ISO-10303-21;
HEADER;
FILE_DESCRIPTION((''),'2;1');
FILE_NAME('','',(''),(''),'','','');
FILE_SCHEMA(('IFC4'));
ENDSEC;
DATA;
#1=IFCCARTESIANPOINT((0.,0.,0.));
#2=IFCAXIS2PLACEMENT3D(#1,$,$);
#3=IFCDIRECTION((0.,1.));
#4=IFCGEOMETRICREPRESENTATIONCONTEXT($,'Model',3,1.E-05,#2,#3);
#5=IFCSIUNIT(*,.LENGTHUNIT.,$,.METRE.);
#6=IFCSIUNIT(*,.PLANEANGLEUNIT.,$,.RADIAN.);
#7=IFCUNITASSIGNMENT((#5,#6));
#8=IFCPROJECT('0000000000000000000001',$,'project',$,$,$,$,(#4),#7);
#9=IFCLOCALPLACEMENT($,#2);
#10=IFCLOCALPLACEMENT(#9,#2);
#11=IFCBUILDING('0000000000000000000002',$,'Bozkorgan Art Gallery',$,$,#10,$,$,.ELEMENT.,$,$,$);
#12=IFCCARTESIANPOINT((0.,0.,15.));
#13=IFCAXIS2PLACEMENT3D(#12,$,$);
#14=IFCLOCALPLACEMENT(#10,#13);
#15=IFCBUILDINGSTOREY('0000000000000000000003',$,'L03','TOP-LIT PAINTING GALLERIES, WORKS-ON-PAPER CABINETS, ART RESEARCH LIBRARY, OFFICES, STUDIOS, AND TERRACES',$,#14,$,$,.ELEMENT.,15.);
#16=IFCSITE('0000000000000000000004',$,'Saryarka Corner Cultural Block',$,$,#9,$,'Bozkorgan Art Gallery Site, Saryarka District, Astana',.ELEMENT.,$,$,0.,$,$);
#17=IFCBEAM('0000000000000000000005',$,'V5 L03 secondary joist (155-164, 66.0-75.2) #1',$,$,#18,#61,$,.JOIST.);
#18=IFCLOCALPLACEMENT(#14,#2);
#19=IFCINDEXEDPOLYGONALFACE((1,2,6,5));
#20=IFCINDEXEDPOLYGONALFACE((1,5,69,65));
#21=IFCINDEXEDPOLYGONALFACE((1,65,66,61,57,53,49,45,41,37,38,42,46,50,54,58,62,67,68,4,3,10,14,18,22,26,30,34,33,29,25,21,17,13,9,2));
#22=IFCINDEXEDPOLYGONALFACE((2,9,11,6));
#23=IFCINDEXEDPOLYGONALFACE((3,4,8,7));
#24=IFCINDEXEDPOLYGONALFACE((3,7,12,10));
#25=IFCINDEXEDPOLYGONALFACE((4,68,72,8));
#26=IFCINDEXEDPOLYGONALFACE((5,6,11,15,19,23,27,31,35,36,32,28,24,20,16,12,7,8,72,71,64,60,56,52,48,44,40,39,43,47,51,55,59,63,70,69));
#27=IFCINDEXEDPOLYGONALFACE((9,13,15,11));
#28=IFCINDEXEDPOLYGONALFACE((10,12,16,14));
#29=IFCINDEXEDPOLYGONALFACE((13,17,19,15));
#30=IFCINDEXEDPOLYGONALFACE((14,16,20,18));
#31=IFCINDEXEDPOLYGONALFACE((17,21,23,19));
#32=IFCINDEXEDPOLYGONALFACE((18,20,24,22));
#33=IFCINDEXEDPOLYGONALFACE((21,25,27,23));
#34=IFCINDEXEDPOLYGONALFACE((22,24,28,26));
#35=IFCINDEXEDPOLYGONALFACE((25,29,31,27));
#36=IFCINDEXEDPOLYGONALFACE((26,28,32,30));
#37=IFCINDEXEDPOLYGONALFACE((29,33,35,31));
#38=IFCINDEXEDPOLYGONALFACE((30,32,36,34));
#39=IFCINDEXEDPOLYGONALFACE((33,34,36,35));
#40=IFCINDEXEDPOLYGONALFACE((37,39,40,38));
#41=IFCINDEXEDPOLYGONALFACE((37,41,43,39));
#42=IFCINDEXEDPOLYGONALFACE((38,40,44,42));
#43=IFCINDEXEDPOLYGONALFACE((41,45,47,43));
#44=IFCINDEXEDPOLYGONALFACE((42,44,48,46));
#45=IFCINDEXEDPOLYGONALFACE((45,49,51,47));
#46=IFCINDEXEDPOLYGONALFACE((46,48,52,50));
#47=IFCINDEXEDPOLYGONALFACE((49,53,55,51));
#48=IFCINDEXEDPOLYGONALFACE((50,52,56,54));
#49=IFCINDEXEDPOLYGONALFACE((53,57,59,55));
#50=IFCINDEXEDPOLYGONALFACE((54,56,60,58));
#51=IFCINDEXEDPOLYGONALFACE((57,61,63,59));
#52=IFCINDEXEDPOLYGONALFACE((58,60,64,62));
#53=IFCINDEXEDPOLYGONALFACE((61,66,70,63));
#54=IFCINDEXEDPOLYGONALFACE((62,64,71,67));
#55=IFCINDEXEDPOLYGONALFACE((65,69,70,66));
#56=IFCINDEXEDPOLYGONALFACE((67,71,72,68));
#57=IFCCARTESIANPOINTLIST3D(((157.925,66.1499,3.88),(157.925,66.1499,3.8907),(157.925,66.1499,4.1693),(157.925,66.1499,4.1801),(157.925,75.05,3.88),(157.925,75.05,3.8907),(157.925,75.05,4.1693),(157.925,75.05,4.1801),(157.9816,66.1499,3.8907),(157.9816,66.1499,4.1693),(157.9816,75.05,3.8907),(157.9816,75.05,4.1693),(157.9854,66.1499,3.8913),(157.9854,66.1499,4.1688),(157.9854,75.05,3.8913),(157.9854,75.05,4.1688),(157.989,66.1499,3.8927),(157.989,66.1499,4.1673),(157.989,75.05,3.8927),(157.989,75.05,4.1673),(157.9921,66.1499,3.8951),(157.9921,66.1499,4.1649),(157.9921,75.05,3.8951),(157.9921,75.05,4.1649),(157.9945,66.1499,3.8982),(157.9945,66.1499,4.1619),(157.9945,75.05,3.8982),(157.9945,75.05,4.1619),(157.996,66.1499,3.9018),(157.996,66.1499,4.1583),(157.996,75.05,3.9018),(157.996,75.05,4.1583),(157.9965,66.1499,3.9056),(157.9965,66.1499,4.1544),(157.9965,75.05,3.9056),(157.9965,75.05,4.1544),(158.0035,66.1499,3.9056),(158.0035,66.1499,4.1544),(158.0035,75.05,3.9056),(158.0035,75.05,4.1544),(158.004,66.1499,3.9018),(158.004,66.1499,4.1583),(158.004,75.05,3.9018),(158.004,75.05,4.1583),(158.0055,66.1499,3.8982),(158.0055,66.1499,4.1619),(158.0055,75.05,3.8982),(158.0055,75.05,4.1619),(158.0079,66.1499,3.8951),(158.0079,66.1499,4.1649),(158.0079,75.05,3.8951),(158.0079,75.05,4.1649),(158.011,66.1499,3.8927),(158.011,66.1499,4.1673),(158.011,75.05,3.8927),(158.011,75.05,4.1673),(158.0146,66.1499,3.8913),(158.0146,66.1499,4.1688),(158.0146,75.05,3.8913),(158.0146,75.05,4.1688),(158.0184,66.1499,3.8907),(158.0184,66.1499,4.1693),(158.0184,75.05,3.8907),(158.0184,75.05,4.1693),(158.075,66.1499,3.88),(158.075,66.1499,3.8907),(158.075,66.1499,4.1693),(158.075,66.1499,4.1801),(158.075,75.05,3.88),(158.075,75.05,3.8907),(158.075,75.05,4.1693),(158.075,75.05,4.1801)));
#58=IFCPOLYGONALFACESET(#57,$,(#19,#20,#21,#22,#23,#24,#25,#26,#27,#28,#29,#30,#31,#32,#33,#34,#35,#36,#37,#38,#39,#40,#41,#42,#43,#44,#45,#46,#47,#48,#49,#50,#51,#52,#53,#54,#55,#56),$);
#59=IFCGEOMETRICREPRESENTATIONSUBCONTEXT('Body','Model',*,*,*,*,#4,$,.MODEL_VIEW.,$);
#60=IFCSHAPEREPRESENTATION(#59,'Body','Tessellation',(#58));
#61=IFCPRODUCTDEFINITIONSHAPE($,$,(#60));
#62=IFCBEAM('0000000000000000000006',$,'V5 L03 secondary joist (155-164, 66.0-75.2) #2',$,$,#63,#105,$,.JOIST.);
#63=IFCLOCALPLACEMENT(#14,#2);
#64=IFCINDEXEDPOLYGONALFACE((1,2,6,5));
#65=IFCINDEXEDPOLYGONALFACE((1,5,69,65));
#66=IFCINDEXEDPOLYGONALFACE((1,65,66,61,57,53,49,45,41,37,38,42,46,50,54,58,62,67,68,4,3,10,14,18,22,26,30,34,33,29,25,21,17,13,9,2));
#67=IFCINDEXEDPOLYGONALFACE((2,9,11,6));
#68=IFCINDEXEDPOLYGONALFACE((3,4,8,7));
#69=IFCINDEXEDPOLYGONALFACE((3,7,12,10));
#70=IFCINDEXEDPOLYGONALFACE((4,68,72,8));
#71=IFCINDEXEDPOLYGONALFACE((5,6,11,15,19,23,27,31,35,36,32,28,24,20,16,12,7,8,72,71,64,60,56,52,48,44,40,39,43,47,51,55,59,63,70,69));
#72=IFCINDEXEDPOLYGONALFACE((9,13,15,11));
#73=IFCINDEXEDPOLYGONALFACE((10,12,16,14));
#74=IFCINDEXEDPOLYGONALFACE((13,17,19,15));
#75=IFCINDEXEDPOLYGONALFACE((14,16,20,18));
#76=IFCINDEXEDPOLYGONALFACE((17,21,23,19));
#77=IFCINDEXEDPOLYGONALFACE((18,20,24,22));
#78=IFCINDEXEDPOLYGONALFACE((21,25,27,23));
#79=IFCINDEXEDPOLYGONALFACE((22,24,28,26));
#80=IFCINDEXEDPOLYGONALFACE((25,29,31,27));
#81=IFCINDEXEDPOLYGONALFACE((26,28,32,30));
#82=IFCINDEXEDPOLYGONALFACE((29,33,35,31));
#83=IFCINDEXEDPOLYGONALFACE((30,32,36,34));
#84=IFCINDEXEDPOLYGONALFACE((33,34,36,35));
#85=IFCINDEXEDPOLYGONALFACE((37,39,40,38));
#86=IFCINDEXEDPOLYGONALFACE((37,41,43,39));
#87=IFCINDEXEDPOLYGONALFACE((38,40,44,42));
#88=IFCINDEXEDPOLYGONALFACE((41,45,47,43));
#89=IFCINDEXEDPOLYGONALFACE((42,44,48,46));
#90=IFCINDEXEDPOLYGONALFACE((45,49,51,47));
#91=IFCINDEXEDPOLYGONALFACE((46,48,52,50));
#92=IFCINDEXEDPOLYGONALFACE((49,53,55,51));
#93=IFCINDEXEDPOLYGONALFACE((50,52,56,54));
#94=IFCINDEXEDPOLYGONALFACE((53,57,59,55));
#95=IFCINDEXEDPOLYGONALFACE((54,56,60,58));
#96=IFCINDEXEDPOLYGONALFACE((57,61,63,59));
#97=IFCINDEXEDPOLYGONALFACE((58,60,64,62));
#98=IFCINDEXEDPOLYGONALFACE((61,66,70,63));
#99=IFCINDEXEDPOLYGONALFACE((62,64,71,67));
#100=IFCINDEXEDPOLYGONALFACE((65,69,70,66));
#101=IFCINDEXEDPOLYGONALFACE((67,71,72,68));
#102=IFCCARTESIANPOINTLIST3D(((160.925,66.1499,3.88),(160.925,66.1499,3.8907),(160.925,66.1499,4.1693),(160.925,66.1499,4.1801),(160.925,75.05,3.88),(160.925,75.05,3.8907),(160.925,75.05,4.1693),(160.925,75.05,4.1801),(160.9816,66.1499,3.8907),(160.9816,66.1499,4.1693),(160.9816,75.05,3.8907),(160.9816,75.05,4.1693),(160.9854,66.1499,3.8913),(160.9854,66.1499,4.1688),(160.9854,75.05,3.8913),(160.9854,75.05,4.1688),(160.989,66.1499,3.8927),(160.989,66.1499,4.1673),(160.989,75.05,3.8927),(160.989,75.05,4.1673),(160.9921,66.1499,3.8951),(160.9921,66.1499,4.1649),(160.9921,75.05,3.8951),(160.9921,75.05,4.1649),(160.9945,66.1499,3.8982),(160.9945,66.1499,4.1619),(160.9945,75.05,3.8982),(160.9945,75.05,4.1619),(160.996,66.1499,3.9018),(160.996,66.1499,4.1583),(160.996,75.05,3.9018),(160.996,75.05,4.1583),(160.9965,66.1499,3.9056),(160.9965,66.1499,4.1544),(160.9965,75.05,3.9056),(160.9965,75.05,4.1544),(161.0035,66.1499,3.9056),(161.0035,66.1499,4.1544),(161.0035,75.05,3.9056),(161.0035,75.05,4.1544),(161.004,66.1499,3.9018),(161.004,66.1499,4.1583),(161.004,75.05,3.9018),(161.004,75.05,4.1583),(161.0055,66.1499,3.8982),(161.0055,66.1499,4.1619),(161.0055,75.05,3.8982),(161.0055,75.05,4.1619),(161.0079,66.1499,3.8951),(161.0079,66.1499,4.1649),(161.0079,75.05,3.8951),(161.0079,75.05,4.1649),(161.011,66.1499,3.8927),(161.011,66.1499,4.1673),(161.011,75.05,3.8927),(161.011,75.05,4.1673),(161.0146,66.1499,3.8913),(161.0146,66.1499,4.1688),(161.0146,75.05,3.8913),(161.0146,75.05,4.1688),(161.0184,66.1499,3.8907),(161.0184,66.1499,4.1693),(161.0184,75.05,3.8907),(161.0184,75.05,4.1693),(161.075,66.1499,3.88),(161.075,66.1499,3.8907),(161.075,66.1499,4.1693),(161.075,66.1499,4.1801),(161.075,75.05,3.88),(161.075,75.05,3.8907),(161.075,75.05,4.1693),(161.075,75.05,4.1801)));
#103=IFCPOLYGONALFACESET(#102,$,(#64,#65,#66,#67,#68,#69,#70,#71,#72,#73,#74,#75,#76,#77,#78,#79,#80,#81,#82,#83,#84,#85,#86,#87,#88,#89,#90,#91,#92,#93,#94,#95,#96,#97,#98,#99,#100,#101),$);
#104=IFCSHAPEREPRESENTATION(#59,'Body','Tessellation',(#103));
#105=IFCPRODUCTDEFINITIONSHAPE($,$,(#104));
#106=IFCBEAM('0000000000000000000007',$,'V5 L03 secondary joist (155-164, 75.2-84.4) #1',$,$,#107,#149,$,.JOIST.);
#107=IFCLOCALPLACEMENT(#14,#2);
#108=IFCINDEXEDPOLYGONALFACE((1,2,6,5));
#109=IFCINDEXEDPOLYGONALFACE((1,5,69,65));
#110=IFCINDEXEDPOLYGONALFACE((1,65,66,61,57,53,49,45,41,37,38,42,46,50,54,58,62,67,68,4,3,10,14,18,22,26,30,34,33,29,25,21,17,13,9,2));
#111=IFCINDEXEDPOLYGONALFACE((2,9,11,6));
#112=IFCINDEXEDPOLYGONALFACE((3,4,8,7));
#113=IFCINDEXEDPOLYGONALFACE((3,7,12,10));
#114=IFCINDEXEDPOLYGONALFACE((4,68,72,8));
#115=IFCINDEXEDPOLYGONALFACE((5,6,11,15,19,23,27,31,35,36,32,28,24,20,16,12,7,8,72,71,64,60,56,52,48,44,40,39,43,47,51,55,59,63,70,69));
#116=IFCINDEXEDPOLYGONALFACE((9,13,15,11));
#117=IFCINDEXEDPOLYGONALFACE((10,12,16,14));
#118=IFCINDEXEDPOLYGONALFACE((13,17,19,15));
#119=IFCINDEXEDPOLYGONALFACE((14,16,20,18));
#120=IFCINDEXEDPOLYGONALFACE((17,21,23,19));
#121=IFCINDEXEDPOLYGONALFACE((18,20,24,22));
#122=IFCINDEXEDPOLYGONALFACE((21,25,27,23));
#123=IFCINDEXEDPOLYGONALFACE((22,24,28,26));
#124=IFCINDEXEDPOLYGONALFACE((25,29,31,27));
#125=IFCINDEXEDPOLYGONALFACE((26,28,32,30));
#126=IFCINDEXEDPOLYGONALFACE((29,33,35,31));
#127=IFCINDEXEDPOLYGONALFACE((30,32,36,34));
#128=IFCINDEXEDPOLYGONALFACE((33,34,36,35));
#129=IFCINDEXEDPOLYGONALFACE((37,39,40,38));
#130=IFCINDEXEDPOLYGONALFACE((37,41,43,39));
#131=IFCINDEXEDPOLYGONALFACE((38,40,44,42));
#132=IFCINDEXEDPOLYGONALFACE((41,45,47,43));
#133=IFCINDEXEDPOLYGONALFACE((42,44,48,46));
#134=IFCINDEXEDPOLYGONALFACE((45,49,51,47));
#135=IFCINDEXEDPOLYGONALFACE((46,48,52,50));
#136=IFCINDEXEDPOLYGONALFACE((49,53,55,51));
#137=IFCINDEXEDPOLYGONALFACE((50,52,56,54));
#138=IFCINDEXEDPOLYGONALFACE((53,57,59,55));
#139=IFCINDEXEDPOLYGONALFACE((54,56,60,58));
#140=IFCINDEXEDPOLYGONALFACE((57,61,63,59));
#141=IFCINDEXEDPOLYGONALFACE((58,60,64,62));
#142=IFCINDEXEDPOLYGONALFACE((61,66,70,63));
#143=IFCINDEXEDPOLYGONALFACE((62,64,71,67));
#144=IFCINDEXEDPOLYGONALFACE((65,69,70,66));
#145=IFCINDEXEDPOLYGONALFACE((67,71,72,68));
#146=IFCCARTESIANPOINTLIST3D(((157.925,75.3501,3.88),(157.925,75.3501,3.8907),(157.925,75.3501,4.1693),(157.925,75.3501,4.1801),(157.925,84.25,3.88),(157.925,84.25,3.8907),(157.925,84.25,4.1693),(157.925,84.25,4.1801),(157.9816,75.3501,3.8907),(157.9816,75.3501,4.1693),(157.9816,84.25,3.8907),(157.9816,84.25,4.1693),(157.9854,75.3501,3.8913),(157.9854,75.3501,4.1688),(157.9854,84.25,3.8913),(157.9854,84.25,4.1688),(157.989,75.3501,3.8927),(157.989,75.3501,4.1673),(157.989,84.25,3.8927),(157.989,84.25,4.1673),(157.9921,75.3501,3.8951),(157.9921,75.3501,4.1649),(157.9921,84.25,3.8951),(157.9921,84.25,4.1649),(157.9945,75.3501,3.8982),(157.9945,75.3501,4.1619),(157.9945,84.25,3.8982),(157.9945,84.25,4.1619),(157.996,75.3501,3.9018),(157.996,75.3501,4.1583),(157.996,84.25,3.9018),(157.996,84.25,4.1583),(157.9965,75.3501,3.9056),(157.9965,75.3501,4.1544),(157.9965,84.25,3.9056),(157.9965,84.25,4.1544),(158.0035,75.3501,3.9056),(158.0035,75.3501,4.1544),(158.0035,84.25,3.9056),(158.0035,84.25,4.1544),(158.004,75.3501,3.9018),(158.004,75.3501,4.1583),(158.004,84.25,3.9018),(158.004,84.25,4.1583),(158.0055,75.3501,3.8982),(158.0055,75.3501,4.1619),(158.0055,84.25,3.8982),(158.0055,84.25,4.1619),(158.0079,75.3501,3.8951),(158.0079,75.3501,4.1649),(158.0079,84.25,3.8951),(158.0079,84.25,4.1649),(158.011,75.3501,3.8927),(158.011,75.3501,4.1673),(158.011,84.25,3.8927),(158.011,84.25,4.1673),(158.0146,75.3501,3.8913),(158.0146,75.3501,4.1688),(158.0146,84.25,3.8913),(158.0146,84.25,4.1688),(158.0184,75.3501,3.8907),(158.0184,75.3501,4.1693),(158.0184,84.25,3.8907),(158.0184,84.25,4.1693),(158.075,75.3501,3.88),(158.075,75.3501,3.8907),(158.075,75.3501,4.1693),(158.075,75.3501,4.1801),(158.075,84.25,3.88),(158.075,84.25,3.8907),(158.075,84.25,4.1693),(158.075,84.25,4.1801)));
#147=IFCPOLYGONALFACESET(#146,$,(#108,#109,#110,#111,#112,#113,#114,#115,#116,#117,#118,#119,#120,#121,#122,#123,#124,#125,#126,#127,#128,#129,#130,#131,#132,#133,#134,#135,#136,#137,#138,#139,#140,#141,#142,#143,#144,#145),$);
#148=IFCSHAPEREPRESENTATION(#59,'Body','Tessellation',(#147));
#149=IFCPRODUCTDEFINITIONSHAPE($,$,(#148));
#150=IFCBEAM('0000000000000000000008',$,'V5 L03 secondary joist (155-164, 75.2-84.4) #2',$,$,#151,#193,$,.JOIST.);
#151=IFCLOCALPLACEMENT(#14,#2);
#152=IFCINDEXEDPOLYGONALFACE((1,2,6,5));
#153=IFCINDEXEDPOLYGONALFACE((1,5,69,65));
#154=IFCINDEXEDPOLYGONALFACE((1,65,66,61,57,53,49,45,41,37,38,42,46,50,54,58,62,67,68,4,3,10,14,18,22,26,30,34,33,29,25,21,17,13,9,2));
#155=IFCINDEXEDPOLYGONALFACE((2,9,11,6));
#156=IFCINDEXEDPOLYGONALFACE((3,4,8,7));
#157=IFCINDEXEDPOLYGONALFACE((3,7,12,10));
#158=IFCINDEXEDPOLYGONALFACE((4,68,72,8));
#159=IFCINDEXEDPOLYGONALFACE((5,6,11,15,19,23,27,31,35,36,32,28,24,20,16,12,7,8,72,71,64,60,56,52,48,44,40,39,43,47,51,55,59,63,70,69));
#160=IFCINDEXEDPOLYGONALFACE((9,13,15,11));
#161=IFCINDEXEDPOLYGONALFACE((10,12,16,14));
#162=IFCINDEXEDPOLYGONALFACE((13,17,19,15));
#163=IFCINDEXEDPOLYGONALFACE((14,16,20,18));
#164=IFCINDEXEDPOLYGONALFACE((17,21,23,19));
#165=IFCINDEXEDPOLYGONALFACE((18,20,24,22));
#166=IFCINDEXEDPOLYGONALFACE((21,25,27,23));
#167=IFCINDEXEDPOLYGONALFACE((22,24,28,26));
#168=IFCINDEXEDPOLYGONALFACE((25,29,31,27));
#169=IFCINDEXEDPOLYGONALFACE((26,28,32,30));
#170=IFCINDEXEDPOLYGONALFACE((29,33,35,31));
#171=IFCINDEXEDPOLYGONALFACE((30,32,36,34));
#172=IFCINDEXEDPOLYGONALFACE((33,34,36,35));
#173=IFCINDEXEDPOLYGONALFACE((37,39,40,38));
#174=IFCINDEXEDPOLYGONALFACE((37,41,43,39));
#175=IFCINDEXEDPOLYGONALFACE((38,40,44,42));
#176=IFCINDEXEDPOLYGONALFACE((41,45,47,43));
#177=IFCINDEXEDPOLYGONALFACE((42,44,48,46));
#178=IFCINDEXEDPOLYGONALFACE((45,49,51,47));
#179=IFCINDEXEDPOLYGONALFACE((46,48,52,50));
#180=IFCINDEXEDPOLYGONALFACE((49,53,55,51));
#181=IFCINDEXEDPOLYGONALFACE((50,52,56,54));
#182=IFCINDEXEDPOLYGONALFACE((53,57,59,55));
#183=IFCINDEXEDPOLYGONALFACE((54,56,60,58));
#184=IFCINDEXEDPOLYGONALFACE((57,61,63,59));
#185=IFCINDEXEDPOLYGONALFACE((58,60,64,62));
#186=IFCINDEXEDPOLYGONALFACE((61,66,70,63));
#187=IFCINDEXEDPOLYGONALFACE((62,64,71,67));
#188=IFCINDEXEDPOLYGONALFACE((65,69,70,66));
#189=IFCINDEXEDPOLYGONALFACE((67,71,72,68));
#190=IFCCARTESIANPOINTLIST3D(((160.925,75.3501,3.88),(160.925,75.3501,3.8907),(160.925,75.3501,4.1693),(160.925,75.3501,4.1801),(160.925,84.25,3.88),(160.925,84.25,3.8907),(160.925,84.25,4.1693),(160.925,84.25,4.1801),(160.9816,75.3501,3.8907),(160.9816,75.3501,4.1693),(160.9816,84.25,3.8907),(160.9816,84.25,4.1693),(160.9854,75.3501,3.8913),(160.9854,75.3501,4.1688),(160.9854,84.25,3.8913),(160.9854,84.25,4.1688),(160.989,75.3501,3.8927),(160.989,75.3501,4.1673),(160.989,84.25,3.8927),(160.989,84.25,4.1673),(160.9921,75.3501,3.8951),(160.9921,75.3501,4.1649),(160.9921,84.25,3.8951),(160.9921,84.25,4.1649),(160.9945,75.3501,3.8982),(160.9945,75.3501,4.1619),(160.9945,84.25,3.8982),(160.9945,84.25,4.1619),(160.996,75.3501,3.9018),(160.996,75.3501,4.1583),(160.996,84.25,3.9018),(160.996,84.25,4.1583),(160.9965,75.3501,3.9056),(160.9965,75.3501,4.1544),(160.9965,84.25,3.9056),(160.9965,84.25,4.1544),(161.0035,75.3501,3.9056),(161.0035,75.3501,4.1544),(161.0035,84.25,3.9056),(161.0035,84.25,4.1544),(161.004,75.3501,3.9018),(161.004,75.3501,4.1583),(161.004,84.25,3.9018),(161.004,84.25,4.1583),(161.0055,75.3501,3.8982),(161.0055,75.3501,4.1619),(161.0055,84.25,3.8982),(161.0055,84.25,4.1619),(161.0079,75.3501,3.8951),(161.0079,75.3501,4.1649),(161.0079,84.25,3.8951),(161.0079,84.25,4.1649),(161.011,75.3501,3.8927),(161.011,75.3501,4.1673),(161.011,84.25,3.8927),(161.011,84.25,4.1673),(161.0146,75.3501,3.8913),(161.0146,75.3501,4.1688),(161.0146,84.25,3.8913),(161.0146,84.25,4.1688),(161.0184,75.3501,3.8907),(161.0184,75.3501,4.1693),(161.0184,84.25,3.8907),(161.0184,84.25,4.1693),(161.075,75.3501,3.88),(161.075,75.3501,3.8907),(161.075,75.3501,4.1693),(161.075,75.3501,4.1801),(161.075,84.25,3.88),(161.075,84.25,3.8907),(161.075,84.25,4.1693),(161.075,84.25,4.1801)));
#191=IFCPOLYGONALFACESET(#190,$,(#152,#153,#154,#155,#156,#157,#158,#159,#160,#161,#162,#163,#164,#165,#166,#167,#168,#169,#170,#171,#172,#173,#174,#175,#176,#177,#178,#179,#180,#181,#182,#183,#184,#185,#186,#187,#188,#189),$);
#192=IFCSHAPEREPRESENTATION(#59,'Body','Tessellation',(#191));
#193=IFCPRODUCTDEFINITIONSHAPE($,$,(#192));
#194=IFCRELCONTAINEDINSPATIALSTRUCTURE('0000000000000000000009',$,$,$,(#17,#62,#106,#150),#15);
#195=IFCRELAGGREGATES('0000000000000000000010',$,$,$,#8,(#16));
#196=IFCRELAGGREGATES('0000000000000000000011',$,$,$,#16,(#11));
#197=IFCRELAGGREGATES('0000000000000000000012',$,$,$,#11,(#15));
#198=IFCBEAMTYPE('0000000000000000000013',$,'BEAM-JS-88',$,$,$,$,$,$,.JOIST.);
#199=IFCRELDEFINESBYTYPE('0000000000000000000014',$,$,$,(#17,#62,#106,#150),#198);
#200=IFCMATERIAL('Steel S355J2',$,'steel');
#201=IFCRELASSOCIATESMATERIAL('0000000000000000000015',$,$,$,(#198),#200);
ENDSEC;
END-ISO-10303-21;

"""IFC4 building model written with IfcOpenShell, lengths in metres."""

from ifc_helpers import new_model, si_unit, direction, frame, origin, origin_2d, place, context, subcontext, project, spatial, i_section, extrude, material, material_profile, profile_set, type_object, element, save


model = new_model("IFC4")

# Units and contexts
model_context = context("Model", 3, precision=1e-05, world=origin(), true_north=direction((0.0, 1.0)))
body_context = subcontext(model_context, "Body", "Model", "MODEL_VIEW")
ifc_project = project(units=[si_unit("LENGTHUNIT", "METRE"), si_unit("PLANEANGLEUNIT", "RADIAN")], contexts=[model_context])

# Site, building, storey
site_placement = place(None, origin())
site = spatial("IfcSite", under=ifc_project, at=site_placement, Name="Saryarka Corner Cultural Block", LongName="Bozkorgan Art Gallery Site, Saryarka District, Astana", CompositionType="ELEMENT", RefElevation=0.0)
building_placement = place(site_placement, origin())
building = spatial("IfcBuilding", under=site, at=building_placement, Name="Bozkorgan Art Gallery", CompositionType="ELEMENT")
storey_placement = place(building_placement, frame((0.0, 0.0, 15.0)))
storey = spatial("IfcBuildingStorey", under=building, at=storey_placement, Name="L03", Description="TOP-LIT PAINTING GALLERIES, WORKS-ON-PAPER CABINETS, ART RESEARCH LIBRARY, OFFICES, STUDIOS, AND TERRACES", CompositionType="ELEMENT", Elevation=15.0)

# Beams
ifc_material_1 = material(Name="Steel S355J2", Category="steel")
ifc_material_profile_1 = material_profile(ifc_material_1, i_section(OverallWidth=0.1499, OverallDepth=0.3, WebThickness=0.0071, FlangeThickness=0.0107, FilletRadius=0.0149, at=origin_2d()), Name="IPE 300")
ifc_profile_set_1 = profile_set([ifc_material_profile_1], Name="Steel S355J2")
beam_type_1 = type_object("IfcBeamType", Name="BEAM-JS-88", PredefinedType="JOIST", material=ifc_profile_set_1)
for number, where, z_axis, x_axis, name in (
    (1, (158.0, 66.1499, 4.03), (0.0, 1.0, 0.0), (-1.0, 0.0, 0.0), "V5 L03 secondary joist (155-164, 66.0-75.2) #1"),
    (2, (161.0, 66.1499, 4.03), (0.0, 1.0, 0.0), (-1.0, 0.0, 0.0), "V5 L03 secondary joist (155-164, 66.0-75.2) #2"),
):
    element("IfcBeam", number, at=place(storey_placement, frame(where, z_axis=z_axis, x_axis=x_axis)), inside=storey, type_object=beam_type_1, Name=name, PredefinedType="JOIST", context=body_context, shape_type="SweptSolid", body=[
        extrude(i_section(OverallWidth=0.1499, OverallDepth=0.3, WebThickness=0.0071, FlangeThickness=0.0107, FilletRadius=0.0149, at=origin_2d()), origin(), (0.0, 0.0, 1.0), 8.9001),
    ])
for number, where, z_axis, x_axis, name in (
    (3, (158.0, 75.3501, 4.03), (0.0, 1.0, 0.0), (-1.0, 0.0, 0.0), "V5 L03 secondary joist (155-164, 75.2-84.4) #1"),
    (4, (161.0, 75.3501, 4.03), (0.0, 1.0, 0.0), (-1.0, 0.0, 0.0), "V5 L03 secondary joist (155-164, 75.2-84.4) #2"),
):
    element("IfcBeam", number, at=place(storey_placement, frame(where, z_axis=z_axis, x_axis=x_axis)), inside=storey, type_object=beam_type_1, Name=name, PredefinedType="JOIST", context=body_context, shape_type="SweptSolid", body=[
        extrude(i_section(OverallWidth=0.1499, OverallDepth=0.3, WebThickness=0.0071, FlangeThickness=0.0107, FilletRadius=0.0149, at=origin_2d()), origin(), (0.0, 0.0, 1.0), 8.8999),
    ])

save(model, "model.ifc")
